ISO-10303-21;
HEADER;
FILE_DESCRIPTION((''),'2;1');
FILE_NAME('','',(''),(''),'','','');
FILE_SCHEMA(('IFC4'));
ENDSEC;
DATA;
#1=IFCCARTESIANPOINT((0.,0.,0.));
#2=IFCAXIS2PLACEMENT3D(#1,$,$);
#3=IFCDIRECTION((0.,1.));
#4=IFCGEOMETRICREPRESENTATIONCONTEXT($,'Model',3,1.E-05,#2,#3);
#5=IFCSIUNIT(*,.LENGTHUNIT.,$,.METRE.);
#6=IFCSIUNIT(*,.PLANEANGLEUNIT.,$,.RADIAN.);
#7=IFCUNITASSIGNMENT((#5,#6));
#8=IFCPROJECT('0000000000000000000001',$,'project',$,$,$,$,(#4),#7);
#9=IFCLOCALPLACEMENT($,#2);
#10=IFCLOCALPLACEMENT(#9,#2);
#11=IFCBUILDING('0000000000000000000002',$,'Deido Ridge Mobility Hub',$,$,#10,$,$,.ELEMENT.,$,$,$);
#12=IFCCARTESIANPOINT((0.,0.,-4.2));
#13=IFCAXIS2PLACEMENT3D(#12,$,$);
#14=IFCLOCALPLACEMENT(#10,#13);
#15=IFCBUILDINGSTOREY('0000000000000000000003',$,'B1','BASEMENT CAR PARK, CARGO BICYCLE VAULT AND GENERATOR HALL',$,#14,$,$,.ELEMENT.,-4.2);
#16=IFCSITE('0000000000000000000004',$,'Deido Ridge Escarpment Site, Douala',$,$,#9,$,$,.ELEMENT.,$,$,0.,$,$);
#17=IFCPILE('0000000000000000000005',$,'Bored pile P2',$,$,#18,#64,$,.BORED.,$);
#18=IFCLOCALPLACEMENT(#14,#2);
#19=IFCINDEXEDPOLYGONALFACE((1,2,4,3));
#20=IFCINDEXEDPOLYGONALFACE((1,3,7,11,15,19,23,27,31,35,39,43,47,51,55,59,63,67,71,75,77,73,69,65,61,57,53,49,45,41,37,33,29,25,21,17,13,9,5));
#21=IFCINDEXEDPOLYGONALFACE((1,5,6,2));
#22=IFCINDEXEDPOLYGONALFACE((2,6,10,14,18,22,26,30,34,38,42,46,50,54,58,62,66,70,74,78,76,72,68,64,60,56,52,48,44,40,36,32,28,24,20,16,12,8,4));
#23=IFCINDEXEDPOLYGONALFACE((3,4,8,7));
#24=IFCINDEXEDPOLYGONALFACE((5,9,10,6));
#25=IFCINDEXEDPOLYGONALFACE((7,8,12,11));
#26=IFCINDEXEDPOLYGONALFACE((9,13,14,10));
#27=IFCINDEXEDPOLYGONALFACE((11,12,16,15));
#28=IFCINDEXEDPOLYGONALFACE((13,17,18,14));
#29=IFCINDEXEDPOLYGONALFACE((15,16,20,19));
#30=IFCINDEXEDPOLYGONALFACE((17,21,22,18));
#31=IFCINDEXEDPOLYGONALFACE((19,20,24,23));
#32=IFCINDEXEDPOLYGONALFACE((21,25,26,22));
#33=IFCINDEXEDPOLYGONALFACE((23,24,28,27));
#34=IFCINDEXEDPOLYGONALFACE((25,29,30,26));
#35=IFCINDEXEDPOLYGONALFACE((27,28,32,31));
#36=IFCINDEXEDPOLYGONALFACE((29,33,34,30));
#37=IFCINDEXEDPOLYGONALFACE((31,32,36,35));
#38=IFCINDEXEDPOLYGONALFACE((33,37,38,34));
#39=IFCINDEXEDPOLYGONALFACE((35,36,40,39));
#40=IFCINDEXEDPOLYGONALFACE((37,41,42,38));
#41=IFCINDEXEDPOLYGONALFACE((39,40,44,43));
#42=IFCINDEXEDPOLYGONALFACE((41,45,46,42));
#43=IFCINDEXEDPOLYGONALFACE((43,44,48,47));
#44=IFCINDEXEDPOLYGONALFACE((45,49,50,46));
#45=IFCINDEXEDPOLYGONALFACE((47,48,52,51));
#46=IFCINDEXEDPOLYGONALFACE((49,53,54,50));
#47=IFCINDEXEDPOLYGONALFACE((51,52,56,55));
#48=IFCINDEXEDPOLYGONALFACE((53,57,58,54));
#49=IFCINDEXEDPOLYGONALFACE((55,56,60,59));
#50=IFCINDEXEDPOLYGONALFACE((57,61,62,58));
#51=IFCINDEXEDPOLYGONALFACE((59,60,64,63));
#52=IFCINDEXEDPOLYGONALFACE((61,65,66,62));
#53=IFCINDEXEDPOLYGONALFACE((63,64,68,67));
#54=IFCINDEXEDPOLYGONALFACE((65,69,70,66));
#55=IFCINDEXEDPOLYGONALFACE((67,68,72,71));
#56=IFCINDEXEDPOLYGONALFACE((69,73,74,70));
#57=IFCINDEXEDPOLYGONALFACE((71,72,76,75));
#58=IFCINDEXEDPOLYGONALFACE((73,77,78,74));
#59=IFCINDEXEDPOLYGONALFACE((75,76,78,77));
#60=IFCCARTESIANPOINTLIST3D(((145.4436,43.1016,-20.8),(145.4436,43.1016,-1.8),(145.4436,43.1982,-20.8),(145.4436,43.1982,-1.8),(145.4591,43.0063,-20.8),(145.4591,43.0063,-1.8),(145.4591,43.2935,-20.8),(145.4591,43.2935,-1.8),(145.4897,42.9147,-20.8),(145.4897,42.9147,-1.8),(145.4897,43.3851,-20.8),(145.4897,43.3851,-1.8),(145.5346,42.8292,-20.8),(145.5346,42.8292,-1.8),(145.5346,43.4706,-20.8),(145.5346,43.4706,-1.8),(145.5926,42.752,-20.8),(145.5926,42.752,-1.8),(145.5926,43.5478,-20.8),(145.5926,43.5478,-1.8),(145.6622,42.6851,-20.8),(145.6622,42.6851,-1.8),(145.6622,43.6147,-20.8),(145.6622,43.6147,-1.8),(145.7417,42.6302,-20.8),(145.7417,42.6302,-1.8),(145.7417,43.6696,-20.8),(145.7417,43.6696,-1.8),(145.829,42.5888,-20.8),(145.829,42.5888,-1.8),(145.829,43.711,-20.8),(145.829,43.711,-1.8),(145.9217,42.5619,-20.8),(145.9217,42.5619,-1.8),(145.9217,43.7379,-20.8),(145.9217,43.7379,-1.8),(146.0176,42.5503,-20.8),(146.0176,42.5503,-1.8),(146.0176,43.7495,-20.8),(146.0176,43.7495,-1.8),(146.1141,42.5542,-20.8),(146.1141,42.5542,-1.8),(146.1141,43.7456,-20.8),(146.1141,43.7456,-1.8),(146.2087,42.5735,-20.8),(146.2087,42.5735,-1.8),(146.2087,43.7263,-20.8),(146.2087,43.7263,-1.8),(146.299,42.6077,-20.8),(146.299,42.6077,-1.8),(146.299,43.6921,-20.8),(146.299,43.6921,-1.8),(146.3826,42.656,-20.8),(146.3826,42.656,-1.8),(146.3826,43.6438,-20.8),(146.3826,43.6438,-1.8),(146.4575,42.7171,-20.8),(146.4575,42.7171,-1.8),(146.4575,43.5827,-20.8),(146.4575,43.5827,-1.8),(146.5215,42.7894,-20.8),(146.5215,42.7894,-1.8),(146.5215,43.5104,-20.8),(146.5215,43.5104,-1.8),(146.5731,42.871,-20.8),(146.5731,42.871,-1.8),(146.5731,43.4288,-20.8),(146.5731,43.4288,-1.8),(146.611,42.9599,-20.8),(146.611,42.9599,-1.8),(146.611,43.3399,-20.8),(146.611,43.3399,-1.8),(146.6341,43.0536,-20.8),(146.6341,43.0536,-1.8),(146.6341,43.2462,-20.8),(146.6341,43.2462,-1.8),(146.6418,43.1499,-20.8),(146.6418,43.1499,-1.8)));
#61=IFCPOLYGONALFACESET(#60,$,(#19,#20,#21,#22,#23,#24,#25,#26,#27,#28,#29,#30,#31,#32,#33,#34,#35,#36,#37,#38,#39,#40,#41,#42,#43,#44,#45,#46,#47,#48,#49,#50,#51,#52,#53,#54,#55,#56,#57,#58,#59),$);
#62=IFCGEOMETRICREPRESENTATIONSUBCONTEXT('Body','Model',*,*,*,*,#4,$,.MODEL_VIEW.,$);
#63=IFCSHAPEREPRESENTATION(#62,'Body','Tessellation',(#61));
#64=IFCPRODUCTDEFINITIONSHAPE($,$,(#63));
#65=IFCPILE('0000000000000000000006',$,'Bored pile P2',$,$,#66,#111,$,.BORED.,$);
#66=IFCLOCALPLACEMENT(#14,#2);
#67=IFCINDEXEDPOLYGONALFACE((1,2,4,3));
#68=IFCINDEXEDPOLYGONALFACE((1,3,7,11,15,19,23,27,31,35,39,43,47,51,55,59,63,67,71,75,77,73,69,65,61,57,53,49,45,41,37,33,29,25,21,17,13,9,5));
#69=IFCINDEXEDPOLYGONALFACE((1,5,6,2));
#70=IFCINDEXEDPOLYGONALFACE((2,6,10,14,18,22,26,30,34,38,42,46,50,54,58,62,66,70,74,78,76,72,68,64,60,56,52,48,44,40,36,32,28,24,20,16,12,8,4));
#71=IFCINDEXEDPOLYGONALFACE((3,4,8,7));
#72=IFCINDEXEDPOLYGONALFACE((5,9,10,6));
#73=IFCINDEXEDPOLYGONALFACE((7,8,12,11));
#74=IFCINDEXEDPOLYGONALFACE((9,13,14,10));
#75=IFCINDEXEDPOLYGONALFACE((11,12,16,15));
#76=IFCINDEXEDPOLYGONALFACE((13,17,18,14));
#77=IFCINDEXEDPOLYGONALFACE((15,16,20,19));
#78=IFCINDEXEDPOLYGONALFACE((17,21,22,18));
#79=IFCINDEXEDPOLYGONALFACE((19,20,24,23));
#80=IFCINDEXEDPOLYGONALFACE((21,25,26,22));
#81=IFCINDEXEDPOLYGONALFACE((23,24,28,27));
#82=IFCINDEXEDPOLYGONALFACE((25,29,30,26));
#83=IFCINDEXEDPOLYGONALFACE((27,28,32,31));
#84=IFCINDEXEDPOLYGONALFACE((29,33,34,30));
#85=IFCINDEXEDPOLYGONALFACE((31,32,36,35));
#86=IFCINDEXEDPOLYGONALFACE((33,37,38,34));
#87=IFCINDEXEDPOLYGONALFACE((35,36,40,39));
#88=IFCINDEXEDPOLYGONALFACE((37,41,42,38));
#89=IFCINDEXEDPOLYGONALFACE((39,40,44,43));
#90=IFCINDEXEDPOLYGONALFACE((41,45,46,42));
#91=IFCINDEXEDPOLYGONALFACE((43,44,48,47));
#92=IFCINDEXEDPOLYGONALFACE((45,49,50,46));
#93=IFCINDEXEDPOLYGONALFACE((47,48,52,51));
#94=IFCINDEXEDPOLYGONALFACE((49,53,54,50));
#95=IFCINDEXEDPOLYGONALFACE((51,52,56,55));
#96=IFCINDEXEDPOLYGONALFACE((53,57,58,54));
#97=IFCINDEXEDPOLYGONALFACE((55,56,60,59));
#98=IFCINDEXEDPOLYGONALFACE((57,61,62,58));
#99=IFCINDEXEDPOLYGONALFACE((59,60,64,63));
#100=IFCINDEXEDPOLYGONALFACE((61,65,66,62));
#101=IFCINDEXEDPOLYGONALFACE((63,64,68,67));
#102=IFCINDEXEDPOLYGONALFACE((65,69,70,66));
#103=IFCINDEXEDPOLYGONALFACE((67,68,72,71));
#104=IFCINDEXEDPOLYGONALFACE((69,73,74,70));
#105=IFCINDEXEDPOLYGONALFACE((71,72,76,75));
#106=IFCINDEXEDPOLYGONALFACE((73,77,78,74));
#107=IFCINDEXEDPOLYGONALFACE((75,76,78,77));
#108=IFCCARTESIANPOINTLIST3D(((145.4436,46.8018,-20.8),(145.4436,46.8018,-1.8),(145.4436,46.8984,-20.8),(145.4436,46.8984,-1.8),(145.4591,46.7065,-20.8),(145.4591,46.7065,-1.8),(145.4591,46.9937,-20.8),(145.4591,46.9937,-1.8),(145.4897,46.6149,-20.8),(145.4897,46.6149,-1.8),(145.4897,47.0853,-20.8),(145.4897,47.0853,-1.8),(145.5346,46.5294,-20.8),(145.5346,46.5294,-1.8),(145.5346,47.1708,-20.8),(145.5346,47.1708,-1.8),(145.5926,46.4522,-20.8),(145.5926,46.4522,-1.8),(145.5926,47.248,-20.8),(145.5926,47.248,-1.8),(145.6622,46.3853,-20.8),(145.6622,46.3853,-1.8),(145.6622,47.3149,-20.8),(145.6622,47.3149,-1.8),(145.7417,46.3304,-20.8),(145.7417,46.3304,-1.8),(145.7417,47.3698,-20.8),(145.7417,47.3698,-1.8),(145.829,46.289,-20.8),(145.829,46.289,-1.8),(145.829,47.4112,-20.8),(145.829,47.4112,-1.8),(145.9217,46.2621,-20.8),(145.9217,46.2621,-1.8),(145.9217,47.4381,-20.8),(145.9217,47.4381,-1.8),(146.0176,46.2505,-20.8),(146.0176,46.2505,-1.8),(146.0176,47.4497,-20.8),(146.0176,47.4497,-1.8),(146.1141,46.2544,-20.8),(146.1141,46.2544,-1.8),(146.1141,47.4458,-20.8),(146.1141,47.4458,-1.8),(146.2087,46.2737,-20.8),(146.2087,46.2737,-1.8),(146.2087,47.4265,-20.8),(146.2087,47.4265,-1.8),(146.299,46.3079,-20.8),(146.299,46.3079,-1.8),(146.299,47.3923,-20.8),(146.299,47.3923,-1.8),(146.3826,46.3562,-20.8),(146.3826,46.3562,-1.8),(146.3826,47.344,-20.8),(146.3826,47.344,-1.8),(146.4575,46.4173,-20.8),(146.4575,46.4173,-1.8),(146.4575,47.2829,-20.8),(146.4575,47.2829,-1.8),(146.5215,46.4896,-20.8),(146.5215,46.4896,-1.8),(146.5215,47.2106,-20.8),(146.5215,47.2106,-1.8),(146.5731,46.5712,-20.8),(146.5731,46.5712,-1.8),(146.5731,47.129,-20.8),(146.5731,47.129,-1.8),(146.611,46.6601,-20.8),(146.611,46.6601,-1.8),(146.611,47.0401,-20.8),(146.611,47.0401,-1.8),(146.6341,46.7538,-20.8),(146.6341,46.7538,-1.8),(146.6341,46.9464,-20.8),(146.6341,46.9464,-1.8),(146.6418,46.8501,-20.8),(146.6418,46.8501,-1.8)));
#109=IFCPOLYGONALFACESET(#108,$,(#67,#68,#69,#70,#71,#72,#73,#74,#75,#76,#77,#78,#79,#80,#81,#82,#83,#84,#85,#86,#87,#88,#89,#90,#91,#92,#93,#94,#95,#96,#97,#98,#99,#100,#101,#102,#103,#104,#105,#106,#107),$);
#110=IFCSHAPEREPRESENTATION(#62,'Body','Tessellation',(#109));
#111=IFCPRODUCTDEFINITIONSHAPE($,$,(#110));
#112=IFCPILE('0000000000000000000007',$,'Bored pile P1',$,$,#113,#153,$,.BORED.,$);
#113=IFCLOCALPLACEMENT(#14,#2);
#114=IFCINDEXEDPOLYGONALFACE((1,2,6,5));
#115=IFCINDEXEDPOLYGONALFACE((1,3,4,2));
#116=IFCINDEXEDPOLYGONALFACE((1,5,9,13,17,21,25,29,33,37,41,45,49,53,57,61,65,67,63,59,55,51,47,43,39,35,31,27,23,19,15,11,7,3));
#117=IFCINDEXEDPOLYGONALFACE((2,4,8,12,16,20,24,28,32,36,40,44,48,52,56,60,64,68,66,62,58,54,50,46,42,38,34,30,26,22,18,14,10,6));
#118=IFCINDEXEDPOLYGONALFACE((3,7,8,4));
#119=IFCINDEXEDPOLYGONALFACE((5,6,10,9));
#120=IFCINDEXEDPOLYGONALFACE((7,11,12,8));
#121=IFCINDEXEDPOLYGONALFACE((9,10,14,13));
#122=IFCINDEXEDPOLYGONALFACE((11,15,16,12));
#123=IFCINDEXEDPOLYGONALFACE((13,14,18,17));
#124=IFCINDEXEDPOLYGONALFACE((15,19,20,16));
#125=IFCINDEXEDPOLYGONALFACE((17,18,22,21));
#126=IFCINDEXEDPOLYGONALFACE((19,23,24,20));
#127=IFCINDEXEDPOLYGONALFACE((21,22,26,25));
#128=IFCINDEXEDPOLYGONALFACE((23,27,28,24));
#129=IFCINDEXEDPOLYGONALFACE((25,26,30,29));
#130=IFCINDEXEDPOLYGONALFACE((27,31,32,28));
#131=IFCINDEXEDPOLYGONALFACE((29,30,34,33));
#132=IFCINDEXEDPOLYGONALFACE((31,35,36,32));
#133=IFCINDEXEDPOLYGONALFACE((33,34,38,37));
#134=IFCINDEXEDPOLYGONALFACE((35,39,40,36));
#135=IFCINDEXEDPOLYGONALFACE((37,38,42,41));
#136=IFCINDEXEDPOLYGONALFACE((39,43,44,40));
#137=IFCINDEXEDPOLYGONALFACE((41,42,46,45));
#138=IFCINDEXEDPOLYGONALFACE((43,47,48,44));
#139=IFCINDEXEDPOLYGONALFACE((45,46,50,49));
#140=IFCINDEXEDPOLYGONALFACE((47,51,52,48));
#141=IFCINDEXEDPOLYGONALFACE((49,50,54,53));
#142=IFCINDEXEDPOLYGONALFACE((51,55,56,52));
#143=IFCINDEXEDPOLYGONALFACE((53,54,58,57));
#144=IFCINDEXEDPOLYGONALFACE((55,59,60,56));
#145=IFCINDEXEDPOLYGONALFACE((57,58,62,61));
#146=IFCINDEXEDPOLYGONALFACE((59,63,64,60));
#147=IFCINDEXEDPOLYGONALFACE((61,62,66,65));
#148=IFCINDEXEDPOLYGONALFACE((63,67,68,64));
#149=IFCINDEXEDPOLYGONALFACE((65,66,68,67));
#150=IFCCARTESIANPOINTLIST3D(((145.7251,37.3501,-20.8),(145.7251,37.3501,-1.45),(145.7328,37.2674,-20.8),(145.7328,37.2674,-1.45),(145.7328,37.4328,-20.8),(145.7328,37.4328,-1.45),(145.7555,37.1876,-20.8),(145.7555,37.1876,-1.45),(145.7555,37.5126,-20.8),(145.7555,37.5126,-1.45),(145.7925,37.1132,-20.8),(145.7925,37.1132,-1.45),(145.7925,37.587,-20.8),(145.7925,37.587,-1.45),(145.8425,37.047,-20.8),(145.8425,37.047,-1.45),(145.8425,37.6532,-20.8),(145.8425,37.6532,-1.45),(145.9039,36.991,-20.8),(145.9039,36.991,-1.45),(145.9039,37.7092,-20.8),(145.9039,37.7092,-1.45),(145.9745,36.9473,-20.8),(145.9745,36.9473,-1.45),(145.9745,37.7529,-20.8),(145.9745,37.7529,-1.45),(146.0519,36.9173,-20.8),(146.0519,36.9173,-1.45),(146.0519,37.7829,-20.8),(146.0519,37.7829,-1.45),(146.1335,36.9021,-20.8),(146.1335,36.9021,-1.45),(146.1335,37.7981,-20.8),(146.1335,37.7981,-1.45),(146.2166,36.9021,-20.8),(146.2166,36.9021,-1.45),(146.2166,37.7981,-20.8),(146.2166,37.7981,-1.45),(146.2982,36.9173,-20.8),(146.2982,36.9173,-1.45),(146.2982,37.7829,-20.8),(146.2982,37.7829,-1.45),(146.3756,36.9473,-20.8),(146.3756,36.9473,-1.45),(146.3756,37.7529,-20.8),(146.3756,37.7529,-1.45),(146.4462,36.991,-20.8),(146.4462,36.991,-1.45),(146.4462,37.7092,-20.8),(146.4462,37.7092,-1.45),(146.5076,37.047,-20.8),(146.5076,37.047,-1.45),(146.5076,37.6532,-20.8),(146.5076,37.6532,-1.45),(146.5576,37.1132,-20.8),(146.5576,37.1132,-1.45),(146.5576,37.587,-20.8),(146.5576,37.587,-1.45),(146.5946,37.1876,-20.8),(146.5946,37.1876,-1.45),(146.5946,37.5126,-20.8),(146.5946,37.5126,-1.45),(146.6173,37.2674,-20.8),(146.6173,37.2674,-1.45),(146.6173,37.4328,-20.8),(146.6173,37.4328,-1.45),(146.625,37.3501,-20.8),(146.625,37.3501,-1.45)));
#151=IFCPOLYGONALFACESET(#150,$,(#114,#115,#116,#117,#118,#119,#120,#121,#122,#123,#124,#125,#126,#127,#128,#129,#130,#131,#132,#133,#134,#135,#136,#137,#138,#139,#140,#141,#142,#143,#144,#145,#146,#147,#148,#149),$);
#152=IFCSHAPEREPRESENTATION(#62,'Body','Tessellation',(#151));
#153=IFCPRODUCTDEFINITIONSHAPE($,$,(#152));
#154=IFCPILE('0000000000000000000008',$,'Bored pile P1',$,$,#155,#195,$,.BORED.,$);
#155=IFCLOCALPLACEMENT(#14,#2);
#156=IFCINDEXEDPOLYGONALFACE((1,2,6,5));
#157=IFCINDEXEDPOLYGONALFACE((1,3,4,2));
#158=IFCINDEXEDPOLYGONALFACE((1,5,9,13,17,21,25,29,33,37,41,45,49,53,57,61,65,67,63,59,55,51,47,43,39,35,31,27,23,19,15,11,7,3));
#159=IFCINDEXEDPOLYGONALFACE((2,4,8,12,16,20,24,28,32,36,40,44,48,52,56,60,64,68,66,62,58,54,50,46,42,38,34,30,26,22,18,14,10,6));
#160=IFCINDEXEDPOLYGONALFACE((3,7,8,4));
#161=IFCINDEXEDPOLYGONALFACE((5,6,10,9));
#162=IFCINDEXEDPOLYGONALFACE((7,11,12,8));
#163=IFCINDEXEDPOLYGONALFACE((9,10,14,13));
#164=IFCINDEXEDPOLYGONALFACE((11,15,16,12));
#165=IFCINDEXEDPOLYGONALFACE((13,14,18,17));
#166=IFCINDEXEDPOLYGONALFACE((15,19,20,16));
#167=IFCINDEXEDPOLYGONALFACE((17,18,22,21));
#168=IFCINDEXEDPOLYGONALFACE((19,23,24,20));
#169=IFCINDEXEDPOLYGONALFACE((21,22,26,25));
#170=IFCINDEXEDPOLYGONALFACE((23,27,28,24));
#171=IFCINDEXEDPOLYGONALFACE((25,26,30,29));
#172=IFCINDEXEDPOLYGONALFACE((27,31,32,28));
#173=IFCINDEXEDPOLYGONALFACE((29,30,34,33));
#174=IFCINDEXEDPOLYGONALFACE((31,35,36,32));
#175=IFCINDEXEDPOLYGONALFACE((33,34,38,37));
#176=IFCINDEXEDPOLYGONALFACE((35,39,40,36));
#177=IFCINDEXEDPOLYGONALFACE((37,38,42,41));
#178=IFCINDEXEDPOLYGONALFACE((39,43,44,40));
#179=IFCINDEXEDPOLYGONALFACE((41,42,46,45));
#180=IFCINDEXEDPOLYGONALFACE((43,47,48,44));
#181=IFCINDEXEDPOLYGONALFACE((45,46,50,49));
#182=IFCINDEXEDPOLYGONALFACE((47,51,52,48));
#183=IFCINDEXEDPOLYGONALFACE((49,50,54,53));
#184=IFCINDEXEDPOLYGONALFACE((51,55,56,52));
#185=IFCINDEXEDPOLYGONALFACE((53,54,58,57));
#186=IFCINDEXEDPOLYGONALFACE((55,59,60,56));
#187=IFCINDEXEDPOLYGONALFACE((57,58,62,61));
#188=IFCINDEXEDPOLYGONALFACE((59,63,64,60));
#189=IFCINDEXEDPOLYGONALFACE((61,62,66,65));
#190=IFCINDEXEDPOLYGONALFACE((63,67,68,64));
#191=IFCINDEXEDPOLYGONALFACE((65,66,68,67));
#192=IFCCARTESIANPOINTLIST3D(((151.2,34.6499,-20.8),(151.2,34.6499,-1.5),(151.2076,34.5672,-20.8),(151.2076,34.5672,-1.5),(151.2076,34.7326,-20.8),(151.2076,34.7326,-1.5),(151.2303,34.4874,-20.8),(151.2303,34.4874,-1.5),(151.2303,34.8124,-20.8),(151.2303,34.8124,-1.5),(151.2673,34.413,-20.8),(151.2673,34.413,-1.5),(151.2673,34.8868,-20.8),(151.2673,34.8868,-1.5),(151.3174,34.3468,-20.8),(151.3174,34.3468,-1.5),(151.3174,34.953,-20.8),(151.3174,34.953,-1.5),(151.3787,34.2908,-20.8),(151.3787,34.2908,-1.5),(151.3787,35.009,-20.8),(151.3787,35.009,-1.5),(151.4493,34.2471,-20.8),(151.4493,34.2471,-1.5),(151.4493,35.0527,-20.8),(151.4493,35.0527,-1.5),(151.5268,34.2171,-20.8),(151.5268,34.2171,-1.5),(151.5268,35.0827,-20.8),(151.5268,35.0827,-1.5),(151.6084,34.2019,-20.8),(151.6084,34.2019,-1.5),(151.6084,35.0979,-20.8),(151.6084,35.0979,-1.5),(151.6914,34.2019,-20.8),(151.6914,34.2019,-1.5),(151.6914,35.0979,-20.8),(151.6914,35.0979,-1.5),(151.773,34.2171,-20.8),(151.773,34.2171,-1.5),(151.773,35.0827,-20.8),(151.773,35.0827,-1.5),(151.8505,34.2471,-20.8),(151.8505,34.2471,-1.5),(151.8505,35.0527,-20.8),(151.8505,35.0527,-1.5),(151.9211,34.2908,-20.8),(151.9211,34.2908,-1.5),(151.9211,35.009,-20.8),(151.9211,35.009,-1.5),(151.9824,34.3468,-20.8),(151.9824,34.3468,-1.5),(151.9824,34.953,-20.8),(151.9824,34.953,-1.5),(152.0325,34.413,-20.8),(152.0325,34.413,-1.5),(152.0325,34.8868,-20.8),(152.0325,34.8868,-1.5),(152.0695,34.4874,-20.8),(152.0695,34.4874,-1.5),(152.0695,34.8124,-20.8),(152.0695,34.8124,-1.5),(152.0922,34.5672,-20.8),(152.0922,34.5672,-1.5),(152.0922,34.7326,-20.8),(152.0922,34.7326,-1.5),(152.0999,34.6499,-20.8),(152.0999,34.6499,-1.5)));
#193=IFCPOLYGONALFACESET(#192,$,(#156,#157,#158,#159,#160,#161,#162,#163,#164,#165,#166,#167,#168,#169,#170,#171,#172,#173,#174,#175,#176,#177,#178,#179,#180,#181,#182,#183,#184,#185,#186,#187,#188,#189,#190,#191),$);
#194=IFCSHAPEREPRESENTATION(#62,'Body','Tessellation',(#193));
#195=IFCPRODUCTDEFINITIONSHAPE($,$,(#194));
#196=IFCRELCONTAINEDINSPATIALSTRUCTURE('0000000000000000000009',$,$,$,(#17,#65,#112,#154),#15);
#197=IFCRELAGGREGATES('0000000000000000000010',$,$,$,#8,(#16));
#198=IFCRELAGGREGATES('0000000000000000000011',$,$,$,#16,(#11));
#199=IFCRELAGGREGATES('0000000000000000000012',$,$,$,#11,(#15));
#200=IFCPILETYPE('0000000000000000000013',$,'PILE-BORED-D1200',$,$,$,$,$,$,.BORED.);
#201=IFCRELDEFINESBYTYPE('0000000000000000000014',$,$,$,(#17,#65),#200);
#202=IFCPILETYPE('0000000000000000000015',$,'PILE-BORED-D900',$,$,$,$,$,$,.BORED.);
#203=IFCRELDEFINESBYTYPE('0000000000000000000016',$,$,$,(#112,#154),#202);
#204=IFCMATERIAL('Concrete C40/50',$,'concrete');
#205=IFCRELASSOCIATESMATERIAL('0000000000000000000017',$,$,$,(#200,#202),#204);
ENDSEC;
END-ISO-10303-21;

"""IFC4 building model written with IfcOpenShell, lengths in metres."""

from ifc_helpers import new_model, si_unit, direction, frame, origin, origin_2d, place, context, subcontext, project, spatial, circle, extrude, material, material_profile, profile_set, type_object, element, save


model = new_model("IFC4")

# Units and contexts
model_context = context("Model", 3, precision=1e-05, world=origin(), true_north=direction((0.0, 1.0)))
body_context = subcontext(model_context, "Body", "Model", "MODEL_VIEW")
ifc_project = project(units=[si_unit("LENGTHUNIT", "METRE"), si_unit("PLANEANGLEUNIT", "RADIAN")], contexts=[model_context])

# Site, building, storey
site_placement = place(None, origin())
site = spatial("IfcSite", under=ifc_project, at=site_placement, Name="Deido Ridge Escarpment Site, Douala", CompositionType="ELEMENT", RefElevation=0.0)
building_placement = place(site_placement, origin())
building = spatial("IfcBuilding", under=site, at=building_placement, Name="Deido Ridge Mobility Hub", CompositionType="ELEMENT")
storey_placement = place(building_placement, frame((0.0, 0.0, -4.2)))
storey = spatial("IfcBuildingStorey", under=building, at=storey_placement, Name="B1", Description="BASEMENT CAR PARK, CARGO BICYCLE VAULT AND GENERATOR HALL", CompositionType="ELEMENT", Elevation=-4.2)

# Shared definitions
ifc_material_1 = material(Name="Concrete C40/50", Category="concrete")

# Piles
ifc_material_profile_1 = material_profile(ifc_material_1, circle(Radius=0.6001, at=origin_2d()), Name="BORED PILE D1200")
ifc_profile_set_1 = profile_set([ifc_material_profile_1], Name="Concrete C40/50")
pile_type_1 = type_object("IfcPileType", Name="PILE-BORED-D1200", PredefinedType="BORED", material=ifc_profile_set_1)
for number, where, z_axis, x_axis, name in (
    (1, (146.0417, 43.1499, -1.8), (0.0, 0.0, -1.0), (1.0, 0.0, 0.0), "Bored pile P2"),
    (2, (146.0417, 46.8501, -1.8), (0.0, 0.0, -1.0), (1.0, 0.0, 0.0), "Bored pile P2"),
):
    element("IfcPile", number, at=place(storey_placement, frame(where, z_axis=z_axis, x_axis=x_axis)), inside=storey, type_object=pile_type_1, Name=name, PredefinedType="BORED", context=body_context, shape_type="SweptSolid", body=[
        extrude(circle(Radius=0.6001, at=origin_2d()), origin(), (0.0, 0.0, 1.0), 19.0),
    ])
ifc_material_profile_2 = material_profile(ifc_material_1, circle(Radius=0.45, at=origin_2d()), Name="BORED PILE D900")
ifc_profile_set_2 = profile_set([ifc_material_profile_2], Name="Concrete C40/50")
pile_type_2 = type_object("IfcPileType", Name="PILE-BORED-D900", PredefinedType="BORED", material=ifc_profile_set_2)
pile_1_placement = place(storey_placement, frame((146.175, 37.3501, -1.45), z_axis=(0.0, 0.0, -1.0), x_axis=(1.0, 0.0, 0.0)))
element("IfcPile", 3, at=pile_1_placement, inside=storey, type_object=pile_type_2, Name="Bored pile P1", PredefinedType="BORED", context=body_context, shape_type="SweptSolid", body=[
    extrude(circle(Radius=0.45, at=origin_2d()), origin(), (0.0, 0.0, 1.0), 19.3501),
])
for number, where, z_axis, x_axis, name in (
    (4, (151.6499, 34.6499, -1.5), (0.0, 0.0, -1.0), (1.0, 0.0, 0.0), "Bored pile P1"),
):
    element("IfcPile", number, at=place(storey_placement, frame(where, z_axis=z_axis, x_axis=x_axis)), inside=storey, type_object=pile_type_2, Name=name, PredefinedType="BORED", context=body_context, shape_type="SweptSolid", body=[
        extrude(circle(Radius=0.45, at=origin_2d()), origin(), (0.0, 0.0, 1.0), 19.3),
    ])

save(model, "model.ifc")
